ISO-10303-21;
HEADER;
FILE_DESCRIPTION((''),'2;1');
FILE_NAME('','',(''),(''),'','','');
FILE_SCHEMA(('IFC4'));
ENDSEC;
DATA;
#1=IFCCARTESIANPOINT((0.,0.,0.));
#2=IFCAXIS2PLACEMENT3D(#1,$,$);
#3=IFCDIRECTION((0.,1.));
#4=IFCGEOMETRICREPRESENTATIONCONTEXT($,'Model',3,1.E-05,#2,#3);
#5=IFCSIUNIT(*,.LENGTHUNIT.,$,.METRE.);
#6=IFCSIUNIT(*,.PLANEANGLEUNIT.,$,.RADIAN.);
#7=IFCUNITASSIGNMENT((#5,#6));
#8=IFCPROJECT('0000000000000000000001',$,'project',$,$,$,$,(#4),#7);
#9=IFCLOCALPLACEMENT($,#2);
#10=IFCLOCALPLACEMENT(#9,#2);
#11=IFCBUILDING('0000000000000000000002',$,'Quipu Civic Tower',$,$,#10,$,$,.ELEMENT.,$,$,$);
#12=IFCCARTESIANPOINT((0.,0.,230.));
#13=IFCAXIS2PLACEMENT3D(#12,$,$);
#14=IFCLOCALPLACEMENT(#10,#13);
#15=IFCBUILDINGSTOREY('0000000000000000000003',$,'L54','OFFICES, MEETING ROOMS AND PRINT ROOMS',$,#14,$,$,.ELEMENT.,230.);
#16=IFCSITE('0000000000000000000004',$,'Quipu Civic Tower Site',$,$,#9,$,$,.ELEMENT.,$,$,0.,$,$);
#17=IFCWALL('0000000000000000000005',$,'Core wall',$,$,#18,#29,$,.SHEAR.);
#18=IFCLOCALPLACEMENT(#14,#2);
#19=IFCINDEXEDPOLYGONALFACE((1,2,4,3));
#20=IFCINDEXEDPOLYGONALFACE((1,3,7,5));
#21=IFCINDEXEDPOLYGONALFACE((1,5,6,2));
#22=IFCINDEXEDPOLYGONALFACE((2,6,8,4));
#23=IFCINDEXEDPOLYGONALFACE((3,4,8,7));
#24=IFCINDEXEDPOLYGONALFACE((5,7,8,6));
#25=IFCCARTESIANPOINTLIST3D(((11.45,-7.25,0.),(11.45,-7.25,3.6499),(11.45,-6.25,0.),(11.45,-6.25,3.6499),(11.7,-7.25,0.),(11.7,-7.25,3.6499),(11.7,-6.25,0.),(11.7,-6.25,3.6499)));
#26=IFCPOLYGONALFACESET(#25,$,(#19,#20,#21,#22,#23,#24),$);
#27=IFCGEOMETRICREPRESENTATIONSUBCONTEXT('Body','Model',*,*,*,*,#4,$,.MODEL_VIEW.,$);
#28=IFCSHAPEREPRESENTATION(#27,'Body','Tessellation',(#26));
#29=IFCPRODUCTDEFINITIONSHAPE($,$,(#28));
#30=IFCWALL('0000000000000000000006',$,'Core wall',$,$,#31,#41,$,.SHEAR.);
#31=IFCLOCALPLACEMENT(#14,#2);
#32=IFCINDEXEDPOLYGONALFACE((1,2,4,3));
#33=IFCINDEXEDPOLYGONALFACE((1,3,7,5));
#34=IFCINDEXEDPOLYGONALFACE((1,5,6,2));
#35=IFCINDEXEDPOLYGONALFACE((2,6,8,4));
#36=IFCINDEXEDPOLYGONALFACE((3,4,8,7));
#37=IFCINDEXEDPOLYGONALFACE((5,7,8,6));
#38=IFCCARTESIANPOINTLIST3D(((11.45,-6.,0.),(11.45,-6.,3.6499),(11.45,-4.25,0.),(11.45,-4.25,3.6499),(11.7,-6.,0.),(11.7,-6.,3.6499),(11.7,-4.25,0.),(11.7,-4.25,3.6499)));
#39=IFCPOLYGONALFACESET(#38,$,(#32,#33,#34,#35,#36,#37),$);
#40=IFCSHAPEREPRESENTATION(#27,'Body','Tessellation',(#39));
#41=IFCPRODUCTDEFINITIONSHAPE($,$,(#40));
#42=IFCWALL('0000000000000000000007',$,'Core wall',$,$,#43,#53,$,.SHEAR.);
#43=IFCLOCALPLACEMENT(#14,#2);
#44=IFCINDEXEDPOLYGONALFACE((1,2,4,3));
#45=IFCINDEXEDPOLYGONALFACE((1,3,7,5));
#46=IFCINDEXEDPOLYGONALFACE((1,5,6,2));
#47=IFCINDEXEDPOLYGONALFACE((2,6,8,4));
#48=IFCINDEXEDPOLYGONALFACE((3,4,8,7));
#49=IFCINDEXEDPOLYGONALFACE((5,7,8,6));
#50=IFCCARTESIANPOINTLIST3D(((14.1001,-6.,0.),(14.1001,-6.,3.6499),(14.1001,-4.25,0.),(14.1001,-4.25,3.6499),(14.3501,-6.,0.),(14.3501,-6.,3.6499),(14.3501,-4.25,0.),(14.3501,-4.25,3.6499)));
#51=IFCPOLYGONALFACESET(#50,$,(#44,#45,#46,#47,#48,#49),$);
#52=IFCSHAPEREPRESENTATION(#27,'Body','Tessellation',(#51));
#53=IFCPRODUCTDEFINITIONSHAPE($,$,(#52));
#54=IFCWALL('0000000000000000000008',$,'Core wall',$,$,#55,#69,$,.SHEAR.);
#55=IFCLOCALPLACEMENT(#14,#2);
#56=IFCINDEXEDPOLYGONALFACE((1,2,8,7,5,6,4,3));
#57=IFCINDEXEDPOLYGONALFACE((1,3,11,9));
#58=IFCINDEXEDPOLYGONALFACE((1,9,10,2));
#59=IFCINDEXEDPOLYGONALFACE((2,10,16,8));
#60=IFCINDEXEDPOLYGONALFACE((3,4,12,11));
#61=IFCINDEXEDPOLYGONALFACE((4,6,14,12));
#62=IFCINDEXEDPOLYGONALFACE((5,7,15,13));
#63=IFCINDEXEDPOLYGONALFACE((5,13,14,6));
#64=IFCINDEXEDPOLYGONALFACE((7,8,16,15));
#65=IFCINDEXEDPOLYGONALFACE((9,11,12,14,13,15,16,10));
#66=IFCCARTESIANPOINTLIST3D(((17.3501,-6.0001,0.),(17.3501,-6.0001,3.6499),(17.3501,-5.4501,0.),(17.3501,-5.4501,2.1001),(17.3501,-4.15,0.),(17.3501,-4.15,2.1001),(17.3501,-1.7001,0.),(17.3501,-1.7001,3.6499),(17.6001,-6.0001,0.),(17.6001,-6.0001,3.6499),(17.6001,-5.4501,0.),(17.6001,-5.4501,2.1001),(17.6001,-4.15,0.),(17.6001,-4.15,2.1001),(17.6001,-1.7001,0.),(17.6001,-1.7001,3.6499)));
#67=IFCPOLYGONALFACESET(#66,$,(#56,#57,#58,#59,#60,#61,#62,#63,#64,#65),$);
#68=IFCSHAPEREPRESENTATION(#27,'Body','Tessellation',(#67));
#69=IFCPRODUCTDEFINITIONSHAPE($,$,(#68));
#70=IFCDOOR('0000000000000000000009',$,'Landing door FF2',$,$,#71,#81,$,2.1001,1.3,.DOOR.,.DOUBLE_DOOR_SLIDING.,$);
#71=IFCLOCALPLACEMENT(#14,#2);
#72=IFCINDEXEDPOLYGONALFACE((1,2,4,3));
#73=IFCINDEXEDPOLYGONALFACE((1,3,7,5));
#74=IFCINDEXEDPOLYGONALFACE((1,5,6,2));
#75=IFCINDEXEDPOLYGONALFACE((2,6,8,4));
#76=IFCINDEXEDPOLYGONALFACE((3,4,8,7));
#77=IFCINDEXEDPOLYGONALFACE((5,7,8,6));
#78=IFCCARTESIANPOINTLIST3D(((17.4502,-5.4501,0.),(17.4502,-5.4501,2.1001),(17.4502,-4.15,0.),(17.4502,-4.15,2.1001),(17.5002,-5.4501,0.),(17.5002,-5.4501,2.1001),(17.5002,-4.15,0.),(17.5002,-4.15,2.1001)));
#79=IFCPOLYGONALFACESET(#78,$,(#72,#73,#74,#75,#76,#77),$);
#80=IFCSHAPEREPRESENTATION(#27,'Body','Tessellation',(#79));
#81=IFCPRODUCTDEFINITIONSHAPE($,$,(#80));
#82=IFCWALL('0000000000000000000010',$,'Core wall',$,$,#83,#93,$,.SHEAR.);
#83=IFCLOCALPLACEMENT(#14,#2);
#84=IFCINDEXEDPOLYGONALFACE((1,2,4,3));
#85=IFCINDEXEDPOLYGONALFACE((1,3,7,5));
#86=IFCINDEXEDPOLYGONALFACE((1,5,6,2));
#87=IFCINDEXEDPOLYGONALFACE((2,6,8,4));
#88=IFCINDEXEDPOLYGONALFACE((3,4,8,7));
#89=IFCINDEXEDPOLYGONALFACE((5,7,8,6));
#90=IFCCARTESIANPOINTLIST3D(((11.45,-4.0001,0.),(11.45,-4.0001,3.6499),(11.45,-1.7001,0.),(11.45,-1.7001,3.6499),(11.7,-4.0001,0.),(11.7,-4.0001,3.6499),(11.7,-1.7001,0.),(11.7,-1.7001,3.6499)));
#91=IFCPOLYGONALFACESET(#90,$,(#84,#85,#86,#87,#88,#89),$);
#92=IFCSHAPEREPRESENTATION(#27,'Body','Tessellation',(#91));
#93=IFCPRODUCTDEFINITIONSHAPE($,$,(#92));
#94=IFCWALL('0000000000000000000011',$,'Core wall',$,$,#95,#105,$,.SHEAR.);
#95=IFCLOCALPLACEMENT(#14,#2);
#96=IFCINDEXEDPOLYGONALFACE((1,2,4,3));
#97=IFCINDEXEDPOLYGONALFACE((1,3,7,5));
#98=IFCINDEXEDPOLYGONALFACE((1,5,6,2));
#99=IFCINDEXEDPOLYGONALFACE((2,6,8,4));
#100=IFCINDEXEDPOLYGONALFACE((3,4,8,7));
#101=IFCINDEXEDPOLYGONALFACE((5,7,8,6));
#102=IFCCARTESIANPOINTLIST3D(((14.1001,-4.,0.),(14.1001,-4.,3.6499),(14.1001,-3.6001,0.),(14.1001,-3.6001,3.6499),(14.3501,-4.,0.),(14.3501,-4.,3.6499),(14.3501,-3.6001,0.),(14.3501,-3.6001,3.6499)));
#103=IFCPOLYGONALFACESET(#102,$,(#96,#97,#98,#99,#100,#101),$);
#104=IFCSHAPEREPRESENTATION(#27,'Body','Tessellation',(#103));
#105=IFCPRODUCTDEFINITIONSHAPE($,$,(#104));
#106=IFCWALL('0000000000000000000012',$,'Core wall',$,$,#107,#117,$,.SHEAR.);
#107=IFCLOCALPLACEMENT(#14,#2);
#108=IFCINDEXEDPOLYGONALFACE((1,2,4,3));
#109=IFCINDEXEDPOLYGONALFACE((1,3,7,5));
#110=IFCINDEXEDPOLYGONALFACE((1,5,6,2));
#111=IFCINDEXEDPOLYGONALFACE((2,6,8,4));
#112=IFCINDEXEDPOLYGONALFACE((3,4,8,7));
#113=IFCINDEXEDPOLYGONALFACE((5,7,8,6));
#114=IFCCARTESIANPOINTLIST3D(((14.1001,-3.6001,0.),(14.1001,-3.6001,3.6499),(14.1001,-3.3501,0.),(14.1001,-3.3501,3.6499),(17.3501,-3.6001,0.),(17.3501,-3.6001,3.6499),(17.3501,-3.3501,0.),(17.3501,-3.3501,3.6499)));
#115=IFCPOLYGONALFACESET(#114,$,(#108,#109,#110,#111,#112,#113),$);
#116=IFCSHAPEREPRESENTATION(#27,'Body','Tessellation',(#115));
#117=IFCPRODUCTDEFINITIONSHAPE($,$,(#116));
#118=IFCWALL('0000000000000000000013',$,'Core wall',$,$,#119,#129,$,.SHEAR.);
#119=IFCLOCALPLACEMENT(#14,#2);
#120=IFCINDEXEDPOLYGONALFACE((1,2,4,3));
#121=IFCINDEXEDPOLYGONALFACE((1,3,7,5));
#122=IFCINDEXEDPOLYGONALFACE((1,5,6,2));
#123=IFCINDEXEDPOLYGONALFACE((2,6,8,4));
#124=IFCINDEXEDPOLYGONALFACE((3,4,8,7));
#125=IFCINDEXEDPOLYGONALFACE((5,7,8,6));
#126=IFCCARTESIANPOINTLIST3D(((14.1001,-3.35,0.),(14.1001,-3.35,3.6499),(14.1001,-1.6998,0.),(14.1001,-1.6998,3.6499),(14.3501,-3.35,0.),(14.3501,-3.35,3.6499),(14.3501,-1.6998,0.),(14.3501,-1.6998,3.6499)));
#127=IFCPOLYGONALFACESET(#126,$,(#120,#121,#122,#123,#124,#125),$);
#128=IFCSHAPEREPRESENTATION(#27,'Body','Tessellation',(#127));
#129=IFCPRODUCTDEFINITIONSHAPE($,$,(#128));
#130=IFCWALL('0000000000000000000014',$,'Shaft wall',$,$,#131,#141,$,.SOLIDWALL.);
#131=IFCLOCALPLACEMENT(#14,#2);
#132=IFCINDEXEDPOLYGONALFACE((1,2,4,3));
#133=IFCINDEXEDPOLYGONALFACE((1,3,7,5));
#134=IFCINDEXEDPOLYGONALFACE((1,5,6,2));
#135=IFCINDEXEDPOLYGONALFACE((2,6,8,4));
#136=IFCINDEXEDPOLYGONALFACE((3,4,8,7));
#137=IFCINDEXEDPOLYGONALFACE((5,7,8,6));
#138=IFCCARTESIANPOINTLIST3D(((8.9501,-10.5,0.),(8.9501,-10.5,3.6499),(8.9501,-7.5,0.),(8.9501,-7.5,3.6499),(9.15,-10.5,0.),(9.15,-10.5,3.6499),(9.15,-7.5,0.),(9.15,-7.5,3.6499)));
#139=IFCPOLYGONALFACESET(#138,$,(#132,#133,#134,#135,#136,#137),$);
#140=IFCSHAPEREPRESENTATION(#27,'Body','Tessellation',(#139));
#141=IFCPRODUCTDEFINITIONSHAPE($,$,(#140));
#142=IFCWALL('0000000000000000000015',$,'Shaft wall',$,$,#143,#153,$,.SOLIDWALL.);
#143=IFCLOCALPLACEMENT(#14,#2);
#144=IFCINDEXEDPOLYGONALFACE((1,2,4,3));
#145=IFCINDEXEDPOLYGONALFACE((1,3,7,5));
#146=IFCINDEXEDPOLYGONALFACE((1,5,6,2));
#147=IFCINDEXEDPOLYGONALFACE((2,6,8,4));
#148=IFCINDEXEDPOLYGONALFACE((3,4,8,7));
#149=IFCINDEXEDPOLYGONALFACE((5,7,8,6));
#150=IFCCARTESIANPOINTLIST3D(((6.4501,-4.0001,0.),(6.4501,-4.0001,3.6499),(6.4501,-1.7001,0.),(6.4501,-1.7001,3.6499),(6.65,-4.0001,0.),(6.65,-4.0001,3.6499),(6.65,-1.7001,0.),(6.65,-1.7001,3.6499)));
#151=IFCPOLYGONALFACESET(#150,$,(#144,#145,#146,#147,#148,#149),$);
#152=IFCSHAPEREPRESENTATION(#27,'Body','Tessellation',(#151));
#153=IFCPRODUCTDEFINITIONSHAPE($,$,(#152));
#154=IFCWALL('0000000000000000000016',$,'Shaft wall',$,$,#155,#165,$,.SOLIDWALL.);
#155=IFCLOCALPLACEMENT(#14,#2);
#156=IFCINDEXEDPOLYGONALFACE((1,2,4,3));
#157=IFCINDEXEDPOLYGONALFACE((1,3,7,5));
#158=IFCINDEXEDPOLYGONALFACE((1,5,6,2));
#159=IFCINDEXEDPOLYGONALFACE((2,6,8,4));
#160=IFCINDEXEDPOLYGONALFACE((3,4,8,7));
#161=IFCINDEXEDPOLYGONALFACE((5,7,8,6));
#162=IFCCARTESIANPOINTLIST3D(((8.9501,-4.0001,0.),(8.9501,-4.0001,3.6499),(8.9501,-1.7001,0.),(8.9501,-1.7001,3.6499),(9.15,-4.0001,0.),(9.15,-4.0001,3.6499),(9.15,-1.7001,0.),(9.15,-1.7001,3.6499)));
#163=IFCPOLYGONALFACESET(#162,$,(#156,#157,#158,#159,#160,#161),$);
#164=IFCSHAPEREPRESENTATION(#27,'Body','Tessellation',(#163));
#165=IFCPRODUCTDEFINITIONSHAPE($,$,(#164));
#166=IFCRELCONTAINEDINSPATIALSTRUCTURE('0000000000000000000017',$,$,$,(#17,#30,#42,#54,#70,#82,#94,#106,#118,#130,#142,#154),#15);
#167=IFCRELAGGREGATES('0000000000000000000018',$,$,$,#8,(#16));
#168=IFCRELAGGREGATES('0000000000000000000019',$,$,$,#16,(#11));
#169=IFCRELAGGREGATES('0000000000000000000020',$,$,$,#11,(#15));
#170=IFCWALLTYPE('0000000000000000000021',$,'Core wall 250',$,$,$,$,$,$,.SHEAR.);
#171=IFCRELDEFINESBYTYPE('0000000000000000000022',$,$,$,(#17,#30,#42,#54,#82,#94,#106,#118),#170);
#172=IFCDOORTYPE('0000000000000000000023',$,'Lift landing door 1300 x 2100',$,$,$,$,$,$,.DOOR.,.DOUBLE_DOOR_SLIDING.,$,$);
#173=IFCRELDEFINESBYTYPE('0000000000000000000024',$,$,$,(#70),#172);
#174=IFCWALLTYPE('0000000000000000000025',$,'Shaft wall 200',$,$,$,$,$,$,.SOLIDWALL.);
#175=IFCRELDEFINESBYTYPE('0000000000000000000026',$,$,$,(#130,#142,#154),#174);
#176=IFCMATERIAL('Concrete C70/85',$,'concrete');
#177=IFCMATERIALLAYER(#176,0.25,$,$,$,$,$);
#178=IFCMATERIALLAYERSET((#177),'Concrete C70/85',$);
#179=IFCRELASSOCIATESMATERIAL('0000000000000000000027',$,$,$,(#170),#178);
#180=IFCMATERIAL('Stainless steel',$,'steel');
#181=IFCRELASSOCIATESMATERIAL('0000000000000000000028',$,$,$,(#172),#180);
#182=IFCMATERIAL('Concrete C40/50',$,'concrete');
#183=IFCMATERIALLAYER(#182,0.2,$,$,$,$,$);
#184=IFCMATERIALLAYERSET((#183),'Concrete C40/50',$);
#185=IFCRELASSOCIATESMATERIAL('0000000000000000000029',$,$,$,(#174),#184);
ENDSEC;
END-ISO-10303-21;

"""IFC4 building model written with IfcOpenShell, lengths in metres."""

from ifc_helpers import new_model, si_unit, direction, frame, frame_2d, origin, place, context, subcontext, project, spatial, rectangle, extrude, material, layer, layer_set, type_object, element, fill, save


model = new_model("IFC4")

# Units and contexts
model_context = context("Model", 3, precision=1e-05, world=origin(), true_north=direction((0.0, 1.0)))
body_context = subcontext(model_context, "Body", "Model", "MODEL_VIEW")
ifc_project = project(units=[si_unit("LENGTHUNIT", "METRE"), si_unit("PLANEANGLEUNIT", "RADIAN")], contexts=[model_context])

# Site, building, storey
site_placement = place(None, origin())
site = spatial("IfcSite", under=ifc_project, at=site_placement, Name="Quipu Civic Tower Site", CompositionType="ELEMENT", RefElevation=0.0)
building_placement = place(site_placement, origin())
building = spatial("IfcBuilding", under=site, at=building_placement, Name="Quipu Civic Tower", CompositionType="ELEMENT")
storey_placement = place(building_placement, frame((0.0, 0.0, 230.0)))
storey = spatial("IfcBuildingStorey", under=building, at=storey_placement, Name="L54", Description="OFFICES, MEETING ROOMS AND PRINT ROOMS", CompositionType="ELEMENT", Elevation=230.0)

# Shared definitions
ifc_material_1 = material(Name="Concrete C70/85", Category="concrete")
ifc_layer_1 = layer(ifc_material_1, 0.25)
ifc_layer_set_1 = layer_set([ifc_layer_1], Name="Concrete C70/85")
wall_type_1 = type_object("IfcWallType", Name="Core wall 250", PredefinedType="SHEAR", material=ifc_layer_set_1)

# Walls
wall_1_placement = place(storey_placement, frame((11.575, -7.25, 0.0), z_axis=(0.0, 0.0, 1.0), x_axis=(0.0, 1.0, 0.0)))
element("IfcWall", 1, at=wall_1_placement, inside=storey, type_object=wall_type_1, Name="Core wall", PredefinedType="SHEAR", context=body_context, shape_type="SweptSolid", body=[
    extrude(rectangle(XDim=1.0, YDim=0.25, at=frame_2d((0.5, 0.0))), origin(), (0.0, 0.0, 1.0), 3.6499),
])
for number, where, z_axis, x_axis, name in (
    (2, (11.575, -6.0, 0.0), (0.0, 0.0, 1.0), (0.0, 1.0, 0.0), "Core wall"),
    (3, (14.2251, -6.0, 0.0), (0.0, 0.0, 1.0), (0.0, 1.0, 0.0), "Core wall"),
):
    element("IfcWall", number, at=place(storey_placement, frame(where, z_axis=z_axis, x_axis=x_axis)), inside=storey, type_object=wall_type_1, Name=name, PredefinedType="SHEAR", context=body_context, shape_type="SweptSolid", body=[
        extrude(rectangle(XDim=1.75, YDim=0.25, at=frame_2d((0.875, 0.0))), origin(), (0.0, 0.0, 1.0), 3.6499),
    ])

# Wall, opening, door
wall_2_placement = place(storey_placement, frame((17.4751, -6.0, 0.0), z_axis=(0.0, 0.0, 1.0), x_axis=(0.0, 1.0, 0.0)))
wall_2 = element("IfcWall", 4, at=wall_2_placement, inside=storey, type_object=wall_type_1, Name="Core wall", PredefinedType="SHEAR", context=body_context, shape_type="SweptSolid", body=[
    extrude(rectangle(XDim=4.3, YDim=0.25, at=frame_2d((2.1499, 0.0))), origin(), (0.0, 0.0, 1.0), 3.6499),
])
opening_1_placement = place(wall_2_placement, frame((0.55, 0.0, 0.0)))
opening_1 = element("IfcOpeningElement", 5, at=opening_1_placement, cuts=wall_2, PredefinedType="OPENING", context=body_context, shape_type="SweptSolid", body=[
    extrude(rectangle(XDim=1.3, YDim=2.1001, at=frame_2d((0.6499, 1.05))), frame((0.0, 0.135, 0.0), z_axis=(0.0, -1.0, 0.0), x_axis=(1.0, 0.0, 0.0)), (0.0, 0.0, 1.0), 0.27),
])
ifc_material_2 = material(Name="Stainless steel", Category="steel")
door_type_1 = type_object("IfcDoorType", Name="Lift landing door 1300 x 2100", OperationType="DOUBLE_DOOR_SLIDING", PredefinedType="DOOR", material=ifc_material_2)
door_1_placement = place(opening_1_placement, origin())
door_1 = element("IfcDoor", 6, at=door_1_placement, inside=storey, type_object=door_type_1, Name="Landing door FF2", OperationType="DOUBLE_DOOR_SLIDING", OverallHeight=2.1001, OverallWidth=1.3, PredefinedType="DOOR", context=body_context, shape_type="SweptSolid", body=[
    extrude(rectangle(XDim=1.3, YDim=2.1001, at=frame_2d((0.6499, 1.05))), frame((0.0, 0.0249, 0.0), z_axis=(0.0, -1.0, 0.0), x_axis=(1.0, 0.0, 0.0)), (0.0, 0.0, 1.0), 0.05),
])
fill(opening_1, door_1)

# Walls
wall_3_placement = place(storey_placement, frame((11.575, -4.0, 0.0), z_axis=(0.0, 0.0, 1.0), x_axis=(0.0, 1.0, 0.0)))
element("IfcWall", 7, at=wall_3_placement, inside=storey, type_object=wall_type_1, Name="Core wall", PredefinedType="SHEAR", context=body_context, shape_type="SweptSolid", body=[
    extrude(rectangle(XDim=2.3, YDim=0.25, at=frame_2d((1.1499, 0.0))), origin(), (0.0, 0.0, 1.0), 3.6499),
])
wall_4_placement = place(storey_placement, frame((14.2251, -4.0, 0.0), z_axis=(0.0, 0.0, 1.0), x_axis=(0.0, 1.0, 0.0)))
element("IfcWall", 8, at=wall_4_placement, inside=storey, type_object=wall_type_1, Name="Core wall", PredefinedType="SHEAR", context=body_context, shape_type="SweptSolid", body=[
    extrude(rectangle(XDim=0.3999, YDim=0.25, at=frame_2d((0.2, 0.0))), origin(), (0.0, 0.0, 1.0), 3.6499),
])
wall_5_placement = place(storey_placement, frame((14.1001, -3.4751, 0.0), z_axis=(0.0, 0.0, 1.0), x_axis=(1.0, 0.0, 0.0)))
element("IfcWall", 9, at=wall_5_placement, inside=storey, type_object=wall_type_1, Name="Core wall", PredefinedType="SHEAR", context=body_context, shape_type="SweptSolid", body=[
    extrude(rectangle(XDim=3.25, YDim=0.25, at=frame_2d((1.625, 0.0))), origin(), (0.0, 0.0, 1.0), 3.6499),
])
wall_6_placement = place(storey_placement, frame((14.2251, -3.3501, 0.0), z_axis=(0.0, 0.0, 1.0), x_axis=(0.0, 1.0, 0.0)))
element("IfcWall", 10, at=wall_6_placement, inside=storey, type_object=wall_type_1, Name="Core wall", PredefinedType="SHEAR", context=body_context, shape_type="SweptSolid", body=[
    extrude(rectangle(XDim=1.6501, YDim=0.25, at=frame_2d((0.8252, 0.0))), origin(), (0.0, 0.0, 1.0), 3.6499),
])
ifc_material_3 = material(Name="Concrete C40/50", Category="concrete")
ifc_layer_2 = layer(ifc_material_3, 0.2)
ifc_layer_set_2 = layer_set([ifc_layer_2], Name="Concrete C40/50")
wall_type_2 = type_object("IfcWallType", Name="Shaft wall 200", PredefinedType="SOLIDWALL", material=ifc_layer_set_2)
wall_7_placement = place(storey_placement, frame((9.05, -10.5, 0.0), z_axis=(0.0, 0.0, 1.0), x_axis=(0.0, 1.0, 0.0)))
element("IfcWall", 11, at=wall_7_placement, inside=storey, type_object=wall_type_2, Name="Shaft wall", PredefinedType="SOLIDWALL", context=body_context, shape_type="SweptSolid", body=[
    extrude(rectangle(XDim=3.0, YDim=0.2, at=frame_2d((1.5, 0.0))), origin(), (0.0, 0.0, 1.0), 3.6499),
])
for number, where, z_axis, x_axis, name in (
    (12, (6.55, -4.0, 0.0), (0.0, 0.0, 1.0), (0.0, 1.0, 0.0), "Shaft wall"),
    (13, (9.05, -4.0, 0.0), (0.0, 0.0, 1.0), (0.0, 1.0, 0.0), "Shaft wall"),
):
    element("IfcWall", number, at=place(storey_placement, frame(where, z_axis=z_axis, x_axis=x_axis)), inside=storey, type_object=wall_type_2, Name=name, PredefinedType="SOLIDWALL", context=body_context, shape_type="SweptSolid", body=[
        extrude(rectangle(XDim=2.3, YDim=0.2, at=frame_2d((1.1499, 0.0))), origin(), (0.0, 0.0, 1.0), 3.6499),
    ])

save(model, "model.ifc")
